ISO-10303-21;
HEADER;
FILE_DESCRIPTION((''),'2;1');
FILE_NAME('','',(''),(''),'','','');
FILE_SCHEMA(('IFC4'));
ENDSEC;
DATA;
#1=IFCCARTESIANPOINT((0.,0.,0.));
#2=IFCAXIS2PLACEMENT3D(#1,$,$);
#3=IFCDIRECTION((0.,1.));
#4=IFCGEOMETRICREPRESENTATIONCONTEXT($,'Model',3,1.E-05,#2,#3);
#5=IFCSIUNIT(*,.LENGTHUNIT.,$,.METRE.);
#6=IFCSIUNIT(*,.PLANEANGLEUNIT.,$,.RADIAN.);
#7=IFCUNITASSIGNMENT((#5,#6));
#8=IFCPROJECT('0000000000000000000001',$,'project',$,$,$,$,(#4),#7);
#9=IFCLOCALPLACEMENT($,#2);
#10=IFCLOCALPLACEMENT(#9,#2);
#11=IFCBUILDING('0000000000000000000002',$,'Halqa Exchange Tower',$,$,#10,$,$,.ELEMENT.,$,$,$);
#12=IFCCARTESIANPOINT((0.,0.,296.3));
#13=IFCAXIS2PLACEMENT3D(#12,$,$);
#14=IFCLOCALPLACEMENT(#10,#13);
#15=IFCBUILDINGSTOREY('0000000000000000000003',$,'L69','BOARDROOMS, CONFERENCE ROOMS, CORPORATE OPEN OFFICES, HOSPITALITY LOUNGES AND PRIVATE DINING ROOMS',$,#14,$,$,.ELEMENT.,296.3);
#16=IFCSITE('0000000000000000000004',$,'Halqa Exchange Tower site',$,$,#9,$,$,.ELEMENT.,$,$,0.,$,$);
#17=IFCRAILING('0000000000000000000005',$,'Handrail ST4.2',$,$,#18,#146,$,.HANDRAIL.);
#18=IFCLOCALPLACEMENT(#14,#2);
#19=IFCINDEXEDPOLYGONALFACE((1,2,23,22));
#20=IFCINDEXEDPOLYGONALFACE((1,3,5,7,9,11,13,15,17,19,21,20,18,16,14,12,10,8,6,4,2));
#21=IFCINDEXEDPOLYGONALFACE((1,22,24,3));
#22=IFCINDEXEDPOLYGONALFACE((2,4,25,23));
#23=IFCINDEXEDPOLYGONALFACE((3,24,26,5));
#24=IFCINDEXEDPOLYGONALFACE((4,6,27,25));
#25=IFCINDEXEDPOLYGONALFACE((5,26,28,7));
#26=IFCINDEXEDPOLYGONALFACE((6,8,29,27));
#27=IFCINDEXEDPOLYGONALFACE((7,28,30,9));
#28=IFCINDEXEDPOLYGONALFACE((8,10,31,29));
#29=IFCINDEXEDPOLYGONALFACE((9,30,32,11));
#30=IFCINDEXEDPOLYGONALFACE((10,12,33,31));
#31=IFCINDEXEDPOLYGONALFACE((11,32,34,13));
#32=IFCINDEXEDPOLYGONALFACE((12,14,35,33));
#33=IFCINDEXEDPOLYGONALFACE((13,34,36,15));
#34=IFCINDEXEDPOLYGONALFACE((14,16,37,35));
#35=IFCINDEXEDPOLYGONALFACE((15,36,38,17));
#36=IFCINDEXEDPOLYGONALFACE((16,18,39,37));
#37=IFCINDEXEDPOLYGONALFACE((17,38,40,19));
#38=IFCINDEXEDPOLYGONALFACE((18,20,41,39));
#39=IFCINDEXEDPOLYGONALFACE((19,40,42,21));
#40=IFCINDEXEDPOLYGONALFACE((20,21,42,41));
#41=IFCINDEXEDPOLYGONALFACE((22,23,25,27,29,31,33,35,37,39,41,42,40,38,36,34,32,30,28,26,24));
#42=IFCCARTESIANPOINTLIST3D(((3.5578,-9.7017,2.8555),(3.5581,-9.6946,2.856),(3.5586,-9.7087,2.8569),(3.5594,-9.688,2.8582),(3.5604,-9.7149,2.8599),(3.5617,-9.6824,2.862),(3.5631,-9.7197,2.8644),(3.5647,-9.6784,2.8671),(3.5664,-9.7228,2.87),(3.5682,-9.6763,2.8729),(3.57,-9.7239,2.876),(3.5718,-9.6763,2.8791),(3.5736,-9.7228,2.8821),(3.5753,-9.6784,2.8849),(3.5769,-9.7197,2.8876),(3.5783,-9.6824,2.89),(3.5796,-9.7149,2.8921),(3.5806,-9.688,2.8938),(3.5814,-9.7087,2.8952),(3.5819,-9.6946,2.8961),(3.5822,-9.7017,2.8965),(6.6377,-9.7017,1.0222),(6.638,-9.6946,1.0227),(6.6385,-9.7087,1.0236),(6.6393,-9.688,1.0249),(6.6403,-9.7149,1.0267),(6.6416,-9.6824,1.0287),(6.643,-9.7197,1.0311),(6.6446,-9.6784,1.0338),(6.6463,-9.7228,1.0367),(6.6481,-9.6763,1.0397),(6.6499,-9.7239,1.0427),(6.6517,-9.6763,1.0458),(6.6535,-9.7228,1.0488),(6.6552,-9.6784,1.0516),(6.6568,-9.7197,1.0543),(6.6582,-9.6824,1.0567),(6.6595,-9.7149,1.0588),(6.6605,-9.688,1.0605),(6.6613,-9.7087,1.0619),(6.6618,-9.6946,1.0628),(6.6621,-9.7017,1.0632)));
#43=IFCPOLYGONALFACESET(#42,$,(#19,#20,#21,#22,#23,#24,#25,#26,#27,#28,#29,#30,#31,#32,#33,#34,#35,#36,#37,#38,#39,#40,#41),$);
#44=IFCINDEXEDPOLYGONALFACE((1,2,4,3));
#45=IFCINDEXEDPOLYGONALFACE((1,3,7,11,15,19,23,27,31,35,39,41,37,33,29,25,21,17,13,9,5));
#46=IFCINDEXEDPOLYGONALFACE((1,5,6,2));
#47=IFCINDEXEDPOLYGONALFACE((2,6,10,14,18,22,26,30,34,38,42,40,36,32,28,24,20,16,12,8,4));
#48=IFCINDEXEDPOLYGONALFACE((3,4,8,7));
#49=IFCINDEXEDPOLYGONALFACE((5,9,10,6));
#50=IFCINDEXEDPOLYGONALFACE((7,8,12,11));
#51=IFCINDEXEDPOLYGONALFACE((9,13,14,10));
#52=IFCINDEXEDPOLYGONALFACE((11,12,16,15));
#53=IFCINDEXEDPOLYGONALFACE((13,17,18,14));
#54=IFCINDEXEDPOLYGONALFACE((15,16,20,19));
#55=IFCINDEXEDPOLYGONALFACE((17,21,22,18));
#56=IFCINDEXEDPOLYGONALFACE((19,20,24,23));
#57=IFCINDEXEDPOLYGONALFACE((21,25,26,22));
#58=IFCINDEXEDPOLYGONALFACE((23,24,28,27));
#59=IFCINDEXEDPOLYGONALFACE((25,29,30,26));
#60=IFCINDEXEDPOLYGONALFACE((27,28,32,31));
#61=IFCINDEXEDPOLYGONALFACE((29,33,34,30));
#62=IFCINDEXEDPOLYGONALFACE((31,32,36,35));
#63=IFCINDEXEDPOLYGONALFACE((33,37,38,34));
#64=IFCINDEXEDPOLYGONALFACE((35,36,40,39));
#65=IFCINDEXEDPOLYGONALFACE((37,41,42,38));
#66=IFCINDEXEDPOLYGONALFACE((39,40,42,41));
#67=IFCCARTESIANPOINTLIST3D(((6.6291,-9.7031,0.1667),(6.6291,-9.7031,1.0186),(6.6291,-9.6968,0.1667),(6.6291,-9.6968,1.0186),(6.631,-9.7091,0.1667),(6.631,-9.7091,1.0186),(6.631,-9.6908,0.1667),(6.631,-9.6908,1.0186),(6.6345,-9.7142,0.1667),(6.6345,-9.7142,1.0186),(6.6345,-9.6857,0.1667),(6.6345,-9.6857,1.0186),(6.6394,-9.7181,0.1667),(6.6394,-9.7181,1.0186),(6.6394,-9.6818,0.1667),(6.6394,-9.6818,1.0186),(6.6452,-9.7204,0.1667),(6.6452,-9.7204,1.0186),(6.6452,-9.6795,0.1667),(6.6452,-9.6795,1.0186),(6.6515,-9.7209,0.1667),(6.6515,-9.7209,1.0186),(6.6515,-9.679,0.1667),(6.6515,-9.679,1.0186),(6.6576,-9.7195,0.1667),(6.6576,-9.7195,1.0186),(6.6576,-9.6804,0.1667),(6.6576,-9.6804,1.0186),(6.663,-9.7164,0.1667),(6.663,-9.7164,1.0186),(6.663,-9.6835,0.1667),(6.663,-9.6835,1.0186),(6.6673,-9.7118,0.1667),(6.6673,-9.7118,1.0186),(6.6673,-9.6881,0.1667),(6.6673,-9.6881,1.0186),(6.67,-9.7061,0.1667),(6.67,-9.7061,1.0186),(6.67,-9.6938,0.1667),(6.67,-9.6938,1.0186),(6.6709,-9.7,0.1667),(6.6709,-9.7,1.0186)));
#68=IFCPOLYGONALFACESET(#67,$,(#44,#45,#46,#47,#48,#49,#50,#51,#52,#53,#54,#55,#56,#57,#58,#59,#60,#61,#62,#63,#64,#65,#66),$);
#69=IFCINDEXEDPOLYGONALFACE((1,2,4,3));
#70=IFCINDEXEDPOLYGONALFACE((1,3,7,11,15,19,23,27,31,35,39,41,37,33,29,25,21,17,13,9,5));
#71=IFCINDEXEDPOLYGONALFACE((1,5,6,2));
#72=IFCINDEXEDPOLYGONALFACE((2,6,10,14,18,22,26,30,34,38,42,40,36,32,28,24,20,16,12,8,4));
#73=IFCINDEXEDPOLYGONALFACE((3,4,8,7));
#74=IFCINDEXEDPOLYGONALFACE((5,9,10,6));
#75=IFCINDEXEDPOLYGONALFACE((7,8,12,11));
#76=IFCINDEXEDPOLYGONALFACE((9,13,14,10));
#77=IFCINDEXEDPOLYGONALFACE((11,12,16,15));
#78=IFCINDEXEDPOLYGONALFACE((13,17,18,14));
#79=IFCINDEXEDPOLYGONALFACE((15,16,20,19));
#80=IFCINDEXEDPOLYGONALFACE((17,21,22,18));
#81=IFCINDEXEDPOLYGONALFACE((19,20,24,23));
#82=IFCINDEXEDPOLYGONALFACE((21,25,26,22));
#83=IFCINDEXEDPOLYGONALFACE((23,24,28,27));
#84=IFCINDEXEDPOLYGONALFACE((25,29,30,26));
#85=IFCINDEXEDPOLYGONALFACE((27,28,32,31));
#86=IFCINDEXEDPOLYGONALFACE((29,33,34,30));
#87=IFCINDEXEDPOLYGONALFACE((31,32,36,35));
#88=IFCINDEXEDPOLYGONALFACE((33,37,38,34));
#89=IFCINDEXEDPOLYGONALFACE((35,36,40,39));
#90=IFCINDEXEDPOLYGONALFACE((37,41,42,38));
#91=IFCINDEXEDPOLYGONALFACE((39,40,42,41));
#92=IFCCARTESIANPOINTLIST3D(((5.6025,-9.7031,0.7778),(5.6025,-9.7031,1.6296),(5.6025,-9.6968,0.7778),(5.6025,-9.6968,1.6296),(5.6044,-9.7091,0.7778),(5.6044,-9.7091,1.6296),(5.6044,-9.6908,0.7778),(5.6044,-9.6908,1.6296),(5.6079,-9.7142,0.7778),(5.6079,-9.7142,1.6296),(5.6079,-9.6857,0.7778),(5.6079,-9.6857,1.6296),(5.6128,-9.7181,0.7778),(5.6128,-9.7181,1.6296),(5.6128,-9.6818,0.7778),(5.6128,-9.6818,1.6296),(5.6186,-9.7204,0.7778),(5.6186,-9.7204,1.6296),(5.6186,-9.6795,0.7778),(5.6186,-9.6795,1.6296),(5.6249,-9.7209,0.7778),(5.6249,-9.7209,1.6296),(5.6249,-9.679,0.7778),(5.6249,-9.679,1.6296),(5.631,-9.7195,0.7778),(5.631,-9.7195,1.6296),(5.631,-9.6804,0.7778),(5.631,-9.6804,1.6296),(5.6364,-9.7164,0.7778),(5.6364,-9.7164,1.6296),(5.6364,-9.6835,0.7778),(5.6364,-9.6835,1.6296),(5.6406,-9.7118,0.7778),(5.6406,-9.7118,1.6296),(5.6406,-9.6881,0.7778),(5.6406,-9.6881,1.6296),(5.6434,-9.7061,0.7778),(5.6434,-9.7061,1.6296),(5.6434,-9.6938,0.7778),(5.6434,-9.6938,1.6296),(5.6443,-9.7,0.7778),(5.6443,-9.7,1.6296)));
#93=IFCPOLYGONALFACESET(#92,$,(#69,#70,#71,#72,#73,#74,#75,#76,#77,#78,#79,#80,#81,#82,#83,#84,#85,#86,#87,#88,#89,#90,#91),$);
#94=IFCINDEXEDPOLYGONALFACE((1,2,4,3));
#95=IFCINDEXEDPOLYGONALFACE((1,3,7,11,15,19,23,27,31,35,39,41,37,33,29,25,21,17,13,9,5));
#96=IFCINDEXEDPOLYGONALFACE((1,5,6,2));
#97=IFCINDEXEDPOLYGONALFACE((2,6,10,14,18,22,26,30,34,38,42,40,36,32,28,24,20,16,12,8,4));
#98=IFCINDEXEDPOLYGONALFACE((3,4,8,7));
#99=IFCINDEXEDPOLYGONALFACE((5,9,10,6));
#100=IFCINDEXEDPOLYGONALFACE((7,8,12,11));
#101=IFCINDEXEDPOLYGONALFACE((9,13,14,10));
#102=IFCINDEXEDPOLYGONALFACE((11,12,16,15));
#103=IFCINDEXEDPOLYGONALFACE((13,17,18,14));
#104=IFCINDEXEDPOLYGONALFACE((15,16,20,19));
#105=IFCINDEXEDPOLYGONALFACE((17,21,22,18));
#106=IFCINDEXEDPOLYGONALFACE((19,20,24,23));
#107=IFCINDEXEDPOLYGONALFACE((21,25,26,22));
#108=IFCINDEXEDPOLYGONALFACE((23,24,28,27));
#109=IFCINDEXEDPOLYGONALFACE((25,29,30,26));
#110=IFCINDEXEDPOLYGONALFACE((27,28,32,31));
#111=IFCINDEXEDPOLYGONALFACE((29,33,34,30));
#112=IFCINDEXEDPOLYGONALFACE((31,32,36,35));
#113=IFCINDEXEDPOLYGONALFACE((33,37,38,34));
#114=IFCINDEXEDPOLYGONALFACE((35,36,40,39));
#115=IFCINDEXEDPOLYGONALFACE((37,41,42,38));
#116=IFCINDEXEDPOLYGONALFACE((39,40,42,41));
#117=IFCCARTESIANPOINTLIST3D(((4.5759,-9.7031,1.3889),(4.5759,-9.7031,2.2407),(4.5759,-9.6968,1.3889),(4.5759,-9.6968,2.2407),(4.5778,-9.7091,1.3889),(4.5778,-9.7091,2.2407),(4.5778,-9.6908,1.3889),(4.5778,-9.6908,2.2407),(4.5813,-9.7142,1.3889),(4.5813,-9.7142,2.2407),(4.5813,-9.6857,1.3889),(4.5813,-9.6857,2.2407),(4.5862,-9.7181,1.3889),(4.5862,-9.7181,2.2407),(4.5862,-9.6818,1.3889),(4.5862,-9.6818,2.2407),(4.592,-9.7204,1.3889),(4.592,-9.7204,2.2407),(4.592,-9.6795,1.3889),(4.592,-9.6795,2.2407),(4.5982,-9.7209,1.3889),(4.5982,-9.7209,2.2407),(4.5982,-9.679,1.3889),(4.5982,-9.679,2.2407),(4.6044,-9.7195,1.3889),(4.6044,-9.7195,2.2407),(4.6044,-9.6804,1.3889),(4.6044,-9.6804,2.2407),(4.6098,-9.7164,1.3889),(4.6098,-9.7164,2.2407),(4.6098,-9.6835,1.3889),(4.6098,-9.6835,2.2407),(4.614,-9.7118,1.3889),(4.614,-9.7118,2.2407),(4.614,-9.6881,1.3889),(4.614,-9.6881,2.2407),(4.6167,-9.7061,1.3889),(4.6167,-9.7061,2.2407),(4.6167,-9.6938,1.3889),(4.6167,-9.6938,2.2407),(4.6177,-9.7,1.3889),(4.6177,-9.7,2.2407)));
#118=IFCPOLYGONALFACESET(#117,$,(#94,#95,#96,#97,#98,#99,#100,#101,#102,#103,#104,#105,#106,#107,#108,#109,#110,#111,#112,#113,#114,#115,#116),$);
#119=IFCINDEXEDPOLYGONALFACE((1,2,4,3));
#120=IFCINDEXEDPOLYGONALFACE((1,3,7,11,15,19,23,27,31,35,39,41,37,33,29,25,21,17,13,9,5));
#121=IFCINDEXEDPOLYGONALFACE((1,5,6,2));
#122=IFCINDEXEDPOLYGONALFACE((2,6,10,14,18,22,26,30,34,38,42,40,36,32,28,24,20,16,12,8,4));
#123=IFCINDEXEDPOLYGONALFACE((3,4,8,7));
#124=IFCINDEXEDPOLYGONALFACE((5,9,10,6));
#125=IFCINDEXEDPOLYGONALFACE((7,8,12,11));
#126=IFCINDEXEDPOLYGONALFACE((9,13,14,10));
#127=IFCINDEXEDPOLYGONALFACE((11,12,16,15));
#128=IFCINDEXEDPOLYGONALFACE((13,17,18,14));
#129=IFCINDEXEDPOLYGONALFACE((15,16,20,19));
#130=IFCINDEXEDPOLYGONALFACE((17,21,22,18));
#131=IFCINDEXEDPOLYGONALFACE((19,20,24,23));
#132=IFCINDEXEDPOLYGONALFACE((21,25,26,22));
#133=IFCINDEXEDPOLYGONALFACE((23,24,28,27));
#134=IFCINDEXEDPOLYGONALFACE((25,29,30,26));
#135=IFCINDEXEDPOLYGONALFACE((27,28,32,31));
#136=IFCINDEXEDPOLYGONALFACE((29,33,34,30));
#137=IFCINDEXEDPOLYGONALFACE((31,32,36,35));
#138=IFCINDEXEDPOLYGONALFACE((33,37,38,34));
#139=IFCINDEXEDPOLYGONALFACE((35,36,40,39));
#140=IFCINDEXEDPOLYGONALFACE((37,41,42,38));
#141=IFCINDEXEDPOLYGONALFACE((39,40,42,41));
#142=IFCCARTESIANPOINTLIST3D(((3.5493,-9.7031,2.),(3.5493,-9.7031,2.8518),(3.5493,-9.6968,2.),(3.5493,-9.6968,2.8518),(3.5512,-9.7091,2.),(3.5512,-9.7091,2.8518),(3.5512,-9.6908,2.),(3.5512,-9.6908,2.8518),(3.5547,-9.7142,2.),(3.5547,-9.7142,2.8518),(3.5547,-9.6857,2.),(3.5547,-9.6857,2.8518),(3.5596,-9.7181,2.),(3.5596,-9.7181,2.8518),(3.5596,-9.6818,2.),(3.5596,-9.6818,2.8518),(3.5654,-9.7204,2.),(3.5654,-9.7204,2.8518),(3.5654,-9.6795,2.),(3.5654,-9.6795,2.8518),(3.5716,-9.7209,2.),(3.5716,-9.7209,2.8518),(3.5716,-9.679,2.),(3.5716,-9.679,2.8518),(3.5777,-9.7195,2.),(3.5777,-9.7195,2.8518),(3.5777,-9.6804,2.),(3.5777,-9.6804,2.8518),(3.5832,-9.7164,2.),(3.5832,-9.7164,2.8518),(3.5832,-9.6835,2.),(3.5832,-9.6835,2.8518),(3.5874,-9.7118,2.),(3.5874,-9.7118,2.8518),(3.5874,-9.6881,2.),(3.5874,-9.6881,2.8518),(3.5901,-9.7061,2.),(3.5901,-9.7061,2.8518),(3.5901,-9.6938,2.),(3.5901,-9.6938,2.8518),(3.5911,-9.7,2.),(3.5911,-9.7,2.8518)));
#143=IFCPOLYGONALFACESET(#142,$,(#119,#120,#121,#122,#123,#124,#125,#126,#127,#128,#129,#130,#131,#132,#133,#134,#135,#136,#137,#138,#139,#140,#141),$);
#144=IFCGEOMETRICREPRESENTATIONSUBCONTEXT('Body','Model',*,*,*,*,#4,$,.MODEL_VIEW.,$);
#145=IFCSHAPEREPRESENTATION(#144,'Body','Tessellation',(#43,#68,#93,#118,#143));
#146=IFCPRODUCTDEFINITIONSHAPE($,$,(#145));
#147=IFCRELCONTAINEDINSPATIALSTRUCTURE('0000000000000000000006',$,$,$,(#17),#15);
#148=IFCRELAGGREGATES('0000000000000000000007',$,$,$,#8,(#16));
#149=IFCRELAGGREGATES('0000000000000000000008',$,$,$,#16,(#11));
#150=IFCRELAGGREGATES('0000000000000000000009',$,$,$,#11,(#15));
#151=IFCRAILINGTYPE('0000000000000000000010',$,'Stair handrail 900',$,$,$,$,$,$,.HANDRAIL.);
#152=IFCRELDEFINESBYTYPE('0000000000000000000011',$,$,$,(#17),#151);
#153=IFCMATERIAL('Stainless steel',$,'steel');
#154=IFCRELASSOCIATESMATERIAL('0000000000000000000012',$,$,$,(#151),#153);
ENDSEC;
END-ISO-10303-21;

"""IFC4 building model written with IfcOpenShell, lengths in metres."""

from ifc_helpers import new_model, si_unit, direction, frame, origin, origin_2d, place, context, subcontext, project, spatial, circle, extrude, material, type_object, element, save


model = new_model("IFC4")

# Units and contexts
model_context = context("Model", 3, precision=1e-05, world=origin(), true_north=direction((0.0, 1.0)))
body_context = subcontext(model_context, "Body", "Model", "MODEL_VIEW")
ifc_project = project(units=[si_unit("LENGTHUNIT", "METRE"), si_unit("PLANEANGLEUNIT", "RADIAN")], contexts=[model_context])

# Site, building, storey
site_placement = place(None, origin())
site = spatial("IfcSite", under=ifc_project, at=site_placement, Name="Halqa Exchange Tower site", CompositionType="ELEMENT", RefElevation=0.0)
building_placement = place(site_placement, origin())
building = spatial("IfcBuilding", under=site, at=building_placement, Name="Halqa Exchange Tower", CompositionType="ELEMENT")
storey_placement = place(building_placement, frame((0.0, 0.0, 296.3)))
storey = spatial("IfcBuildingStorey", under=building, at=storey_placement, Name="L69", Description="BOARDROOMS, CONFERENCE ROOMS, CORPORATE OPEN OFFICES, HOSPITALITY LOUNGES AND PRIVATE DINING ROOMS", CompositionType="ELEMENT", Elevation=296.3)

# Railing
ifc_material_1 = material(Name="Stainless steel", Category="steel")
railing_type_1 = type_object("IfcRailingType", Name="Stair handrail 900", PredefinedType="HANDRAIL", material=ifc_material_1)
railing_1_placement = place(storey_placement, frame((6.6499, -9.7, 0.1667)))
element("IfcRailing", 1, at=railing_1_placement, inside=storey, type_object=railing_type_1, Name="Handrail ST4.2", PredefinedType="HANDRAIL", context=body_context, shape_type="SweptSolid", body=[
    extrude(circle(Radius=0.0239, at=origin_2d()), frame((0.0, 0.0, 0.876), z_axis=(-0.859291, 0.0, 0.511487), x_axis=(0.0, -1.0, 0.0)), (0.0, 0.0, 1.0), 3.5842),
    extrude(circle(Radius=0.021, at=origin_2d()), origin(), (0.0, 0.0, 1.0), 0.8518),
    extrude(circle(Radius=0.021, at=origin_2d()), frame((-1.0266, 0.0, 0.6111)), (0.0, 0.0, 1.0), 0.8518),
    extrude(circle(Radius=0.021, at=origin_2d()), frame((-2.0532, 0.0, 1.2222)), (0.0, 0.0, 1.0), 0.8518),
    extrude(circle(Radius=0.021, at=origin_2d()), frame((-3.0798, 0.0, 1.8333)), (0.0, 0.0, 1.0), 0.8518),
])

save(model, "model.ifc")
